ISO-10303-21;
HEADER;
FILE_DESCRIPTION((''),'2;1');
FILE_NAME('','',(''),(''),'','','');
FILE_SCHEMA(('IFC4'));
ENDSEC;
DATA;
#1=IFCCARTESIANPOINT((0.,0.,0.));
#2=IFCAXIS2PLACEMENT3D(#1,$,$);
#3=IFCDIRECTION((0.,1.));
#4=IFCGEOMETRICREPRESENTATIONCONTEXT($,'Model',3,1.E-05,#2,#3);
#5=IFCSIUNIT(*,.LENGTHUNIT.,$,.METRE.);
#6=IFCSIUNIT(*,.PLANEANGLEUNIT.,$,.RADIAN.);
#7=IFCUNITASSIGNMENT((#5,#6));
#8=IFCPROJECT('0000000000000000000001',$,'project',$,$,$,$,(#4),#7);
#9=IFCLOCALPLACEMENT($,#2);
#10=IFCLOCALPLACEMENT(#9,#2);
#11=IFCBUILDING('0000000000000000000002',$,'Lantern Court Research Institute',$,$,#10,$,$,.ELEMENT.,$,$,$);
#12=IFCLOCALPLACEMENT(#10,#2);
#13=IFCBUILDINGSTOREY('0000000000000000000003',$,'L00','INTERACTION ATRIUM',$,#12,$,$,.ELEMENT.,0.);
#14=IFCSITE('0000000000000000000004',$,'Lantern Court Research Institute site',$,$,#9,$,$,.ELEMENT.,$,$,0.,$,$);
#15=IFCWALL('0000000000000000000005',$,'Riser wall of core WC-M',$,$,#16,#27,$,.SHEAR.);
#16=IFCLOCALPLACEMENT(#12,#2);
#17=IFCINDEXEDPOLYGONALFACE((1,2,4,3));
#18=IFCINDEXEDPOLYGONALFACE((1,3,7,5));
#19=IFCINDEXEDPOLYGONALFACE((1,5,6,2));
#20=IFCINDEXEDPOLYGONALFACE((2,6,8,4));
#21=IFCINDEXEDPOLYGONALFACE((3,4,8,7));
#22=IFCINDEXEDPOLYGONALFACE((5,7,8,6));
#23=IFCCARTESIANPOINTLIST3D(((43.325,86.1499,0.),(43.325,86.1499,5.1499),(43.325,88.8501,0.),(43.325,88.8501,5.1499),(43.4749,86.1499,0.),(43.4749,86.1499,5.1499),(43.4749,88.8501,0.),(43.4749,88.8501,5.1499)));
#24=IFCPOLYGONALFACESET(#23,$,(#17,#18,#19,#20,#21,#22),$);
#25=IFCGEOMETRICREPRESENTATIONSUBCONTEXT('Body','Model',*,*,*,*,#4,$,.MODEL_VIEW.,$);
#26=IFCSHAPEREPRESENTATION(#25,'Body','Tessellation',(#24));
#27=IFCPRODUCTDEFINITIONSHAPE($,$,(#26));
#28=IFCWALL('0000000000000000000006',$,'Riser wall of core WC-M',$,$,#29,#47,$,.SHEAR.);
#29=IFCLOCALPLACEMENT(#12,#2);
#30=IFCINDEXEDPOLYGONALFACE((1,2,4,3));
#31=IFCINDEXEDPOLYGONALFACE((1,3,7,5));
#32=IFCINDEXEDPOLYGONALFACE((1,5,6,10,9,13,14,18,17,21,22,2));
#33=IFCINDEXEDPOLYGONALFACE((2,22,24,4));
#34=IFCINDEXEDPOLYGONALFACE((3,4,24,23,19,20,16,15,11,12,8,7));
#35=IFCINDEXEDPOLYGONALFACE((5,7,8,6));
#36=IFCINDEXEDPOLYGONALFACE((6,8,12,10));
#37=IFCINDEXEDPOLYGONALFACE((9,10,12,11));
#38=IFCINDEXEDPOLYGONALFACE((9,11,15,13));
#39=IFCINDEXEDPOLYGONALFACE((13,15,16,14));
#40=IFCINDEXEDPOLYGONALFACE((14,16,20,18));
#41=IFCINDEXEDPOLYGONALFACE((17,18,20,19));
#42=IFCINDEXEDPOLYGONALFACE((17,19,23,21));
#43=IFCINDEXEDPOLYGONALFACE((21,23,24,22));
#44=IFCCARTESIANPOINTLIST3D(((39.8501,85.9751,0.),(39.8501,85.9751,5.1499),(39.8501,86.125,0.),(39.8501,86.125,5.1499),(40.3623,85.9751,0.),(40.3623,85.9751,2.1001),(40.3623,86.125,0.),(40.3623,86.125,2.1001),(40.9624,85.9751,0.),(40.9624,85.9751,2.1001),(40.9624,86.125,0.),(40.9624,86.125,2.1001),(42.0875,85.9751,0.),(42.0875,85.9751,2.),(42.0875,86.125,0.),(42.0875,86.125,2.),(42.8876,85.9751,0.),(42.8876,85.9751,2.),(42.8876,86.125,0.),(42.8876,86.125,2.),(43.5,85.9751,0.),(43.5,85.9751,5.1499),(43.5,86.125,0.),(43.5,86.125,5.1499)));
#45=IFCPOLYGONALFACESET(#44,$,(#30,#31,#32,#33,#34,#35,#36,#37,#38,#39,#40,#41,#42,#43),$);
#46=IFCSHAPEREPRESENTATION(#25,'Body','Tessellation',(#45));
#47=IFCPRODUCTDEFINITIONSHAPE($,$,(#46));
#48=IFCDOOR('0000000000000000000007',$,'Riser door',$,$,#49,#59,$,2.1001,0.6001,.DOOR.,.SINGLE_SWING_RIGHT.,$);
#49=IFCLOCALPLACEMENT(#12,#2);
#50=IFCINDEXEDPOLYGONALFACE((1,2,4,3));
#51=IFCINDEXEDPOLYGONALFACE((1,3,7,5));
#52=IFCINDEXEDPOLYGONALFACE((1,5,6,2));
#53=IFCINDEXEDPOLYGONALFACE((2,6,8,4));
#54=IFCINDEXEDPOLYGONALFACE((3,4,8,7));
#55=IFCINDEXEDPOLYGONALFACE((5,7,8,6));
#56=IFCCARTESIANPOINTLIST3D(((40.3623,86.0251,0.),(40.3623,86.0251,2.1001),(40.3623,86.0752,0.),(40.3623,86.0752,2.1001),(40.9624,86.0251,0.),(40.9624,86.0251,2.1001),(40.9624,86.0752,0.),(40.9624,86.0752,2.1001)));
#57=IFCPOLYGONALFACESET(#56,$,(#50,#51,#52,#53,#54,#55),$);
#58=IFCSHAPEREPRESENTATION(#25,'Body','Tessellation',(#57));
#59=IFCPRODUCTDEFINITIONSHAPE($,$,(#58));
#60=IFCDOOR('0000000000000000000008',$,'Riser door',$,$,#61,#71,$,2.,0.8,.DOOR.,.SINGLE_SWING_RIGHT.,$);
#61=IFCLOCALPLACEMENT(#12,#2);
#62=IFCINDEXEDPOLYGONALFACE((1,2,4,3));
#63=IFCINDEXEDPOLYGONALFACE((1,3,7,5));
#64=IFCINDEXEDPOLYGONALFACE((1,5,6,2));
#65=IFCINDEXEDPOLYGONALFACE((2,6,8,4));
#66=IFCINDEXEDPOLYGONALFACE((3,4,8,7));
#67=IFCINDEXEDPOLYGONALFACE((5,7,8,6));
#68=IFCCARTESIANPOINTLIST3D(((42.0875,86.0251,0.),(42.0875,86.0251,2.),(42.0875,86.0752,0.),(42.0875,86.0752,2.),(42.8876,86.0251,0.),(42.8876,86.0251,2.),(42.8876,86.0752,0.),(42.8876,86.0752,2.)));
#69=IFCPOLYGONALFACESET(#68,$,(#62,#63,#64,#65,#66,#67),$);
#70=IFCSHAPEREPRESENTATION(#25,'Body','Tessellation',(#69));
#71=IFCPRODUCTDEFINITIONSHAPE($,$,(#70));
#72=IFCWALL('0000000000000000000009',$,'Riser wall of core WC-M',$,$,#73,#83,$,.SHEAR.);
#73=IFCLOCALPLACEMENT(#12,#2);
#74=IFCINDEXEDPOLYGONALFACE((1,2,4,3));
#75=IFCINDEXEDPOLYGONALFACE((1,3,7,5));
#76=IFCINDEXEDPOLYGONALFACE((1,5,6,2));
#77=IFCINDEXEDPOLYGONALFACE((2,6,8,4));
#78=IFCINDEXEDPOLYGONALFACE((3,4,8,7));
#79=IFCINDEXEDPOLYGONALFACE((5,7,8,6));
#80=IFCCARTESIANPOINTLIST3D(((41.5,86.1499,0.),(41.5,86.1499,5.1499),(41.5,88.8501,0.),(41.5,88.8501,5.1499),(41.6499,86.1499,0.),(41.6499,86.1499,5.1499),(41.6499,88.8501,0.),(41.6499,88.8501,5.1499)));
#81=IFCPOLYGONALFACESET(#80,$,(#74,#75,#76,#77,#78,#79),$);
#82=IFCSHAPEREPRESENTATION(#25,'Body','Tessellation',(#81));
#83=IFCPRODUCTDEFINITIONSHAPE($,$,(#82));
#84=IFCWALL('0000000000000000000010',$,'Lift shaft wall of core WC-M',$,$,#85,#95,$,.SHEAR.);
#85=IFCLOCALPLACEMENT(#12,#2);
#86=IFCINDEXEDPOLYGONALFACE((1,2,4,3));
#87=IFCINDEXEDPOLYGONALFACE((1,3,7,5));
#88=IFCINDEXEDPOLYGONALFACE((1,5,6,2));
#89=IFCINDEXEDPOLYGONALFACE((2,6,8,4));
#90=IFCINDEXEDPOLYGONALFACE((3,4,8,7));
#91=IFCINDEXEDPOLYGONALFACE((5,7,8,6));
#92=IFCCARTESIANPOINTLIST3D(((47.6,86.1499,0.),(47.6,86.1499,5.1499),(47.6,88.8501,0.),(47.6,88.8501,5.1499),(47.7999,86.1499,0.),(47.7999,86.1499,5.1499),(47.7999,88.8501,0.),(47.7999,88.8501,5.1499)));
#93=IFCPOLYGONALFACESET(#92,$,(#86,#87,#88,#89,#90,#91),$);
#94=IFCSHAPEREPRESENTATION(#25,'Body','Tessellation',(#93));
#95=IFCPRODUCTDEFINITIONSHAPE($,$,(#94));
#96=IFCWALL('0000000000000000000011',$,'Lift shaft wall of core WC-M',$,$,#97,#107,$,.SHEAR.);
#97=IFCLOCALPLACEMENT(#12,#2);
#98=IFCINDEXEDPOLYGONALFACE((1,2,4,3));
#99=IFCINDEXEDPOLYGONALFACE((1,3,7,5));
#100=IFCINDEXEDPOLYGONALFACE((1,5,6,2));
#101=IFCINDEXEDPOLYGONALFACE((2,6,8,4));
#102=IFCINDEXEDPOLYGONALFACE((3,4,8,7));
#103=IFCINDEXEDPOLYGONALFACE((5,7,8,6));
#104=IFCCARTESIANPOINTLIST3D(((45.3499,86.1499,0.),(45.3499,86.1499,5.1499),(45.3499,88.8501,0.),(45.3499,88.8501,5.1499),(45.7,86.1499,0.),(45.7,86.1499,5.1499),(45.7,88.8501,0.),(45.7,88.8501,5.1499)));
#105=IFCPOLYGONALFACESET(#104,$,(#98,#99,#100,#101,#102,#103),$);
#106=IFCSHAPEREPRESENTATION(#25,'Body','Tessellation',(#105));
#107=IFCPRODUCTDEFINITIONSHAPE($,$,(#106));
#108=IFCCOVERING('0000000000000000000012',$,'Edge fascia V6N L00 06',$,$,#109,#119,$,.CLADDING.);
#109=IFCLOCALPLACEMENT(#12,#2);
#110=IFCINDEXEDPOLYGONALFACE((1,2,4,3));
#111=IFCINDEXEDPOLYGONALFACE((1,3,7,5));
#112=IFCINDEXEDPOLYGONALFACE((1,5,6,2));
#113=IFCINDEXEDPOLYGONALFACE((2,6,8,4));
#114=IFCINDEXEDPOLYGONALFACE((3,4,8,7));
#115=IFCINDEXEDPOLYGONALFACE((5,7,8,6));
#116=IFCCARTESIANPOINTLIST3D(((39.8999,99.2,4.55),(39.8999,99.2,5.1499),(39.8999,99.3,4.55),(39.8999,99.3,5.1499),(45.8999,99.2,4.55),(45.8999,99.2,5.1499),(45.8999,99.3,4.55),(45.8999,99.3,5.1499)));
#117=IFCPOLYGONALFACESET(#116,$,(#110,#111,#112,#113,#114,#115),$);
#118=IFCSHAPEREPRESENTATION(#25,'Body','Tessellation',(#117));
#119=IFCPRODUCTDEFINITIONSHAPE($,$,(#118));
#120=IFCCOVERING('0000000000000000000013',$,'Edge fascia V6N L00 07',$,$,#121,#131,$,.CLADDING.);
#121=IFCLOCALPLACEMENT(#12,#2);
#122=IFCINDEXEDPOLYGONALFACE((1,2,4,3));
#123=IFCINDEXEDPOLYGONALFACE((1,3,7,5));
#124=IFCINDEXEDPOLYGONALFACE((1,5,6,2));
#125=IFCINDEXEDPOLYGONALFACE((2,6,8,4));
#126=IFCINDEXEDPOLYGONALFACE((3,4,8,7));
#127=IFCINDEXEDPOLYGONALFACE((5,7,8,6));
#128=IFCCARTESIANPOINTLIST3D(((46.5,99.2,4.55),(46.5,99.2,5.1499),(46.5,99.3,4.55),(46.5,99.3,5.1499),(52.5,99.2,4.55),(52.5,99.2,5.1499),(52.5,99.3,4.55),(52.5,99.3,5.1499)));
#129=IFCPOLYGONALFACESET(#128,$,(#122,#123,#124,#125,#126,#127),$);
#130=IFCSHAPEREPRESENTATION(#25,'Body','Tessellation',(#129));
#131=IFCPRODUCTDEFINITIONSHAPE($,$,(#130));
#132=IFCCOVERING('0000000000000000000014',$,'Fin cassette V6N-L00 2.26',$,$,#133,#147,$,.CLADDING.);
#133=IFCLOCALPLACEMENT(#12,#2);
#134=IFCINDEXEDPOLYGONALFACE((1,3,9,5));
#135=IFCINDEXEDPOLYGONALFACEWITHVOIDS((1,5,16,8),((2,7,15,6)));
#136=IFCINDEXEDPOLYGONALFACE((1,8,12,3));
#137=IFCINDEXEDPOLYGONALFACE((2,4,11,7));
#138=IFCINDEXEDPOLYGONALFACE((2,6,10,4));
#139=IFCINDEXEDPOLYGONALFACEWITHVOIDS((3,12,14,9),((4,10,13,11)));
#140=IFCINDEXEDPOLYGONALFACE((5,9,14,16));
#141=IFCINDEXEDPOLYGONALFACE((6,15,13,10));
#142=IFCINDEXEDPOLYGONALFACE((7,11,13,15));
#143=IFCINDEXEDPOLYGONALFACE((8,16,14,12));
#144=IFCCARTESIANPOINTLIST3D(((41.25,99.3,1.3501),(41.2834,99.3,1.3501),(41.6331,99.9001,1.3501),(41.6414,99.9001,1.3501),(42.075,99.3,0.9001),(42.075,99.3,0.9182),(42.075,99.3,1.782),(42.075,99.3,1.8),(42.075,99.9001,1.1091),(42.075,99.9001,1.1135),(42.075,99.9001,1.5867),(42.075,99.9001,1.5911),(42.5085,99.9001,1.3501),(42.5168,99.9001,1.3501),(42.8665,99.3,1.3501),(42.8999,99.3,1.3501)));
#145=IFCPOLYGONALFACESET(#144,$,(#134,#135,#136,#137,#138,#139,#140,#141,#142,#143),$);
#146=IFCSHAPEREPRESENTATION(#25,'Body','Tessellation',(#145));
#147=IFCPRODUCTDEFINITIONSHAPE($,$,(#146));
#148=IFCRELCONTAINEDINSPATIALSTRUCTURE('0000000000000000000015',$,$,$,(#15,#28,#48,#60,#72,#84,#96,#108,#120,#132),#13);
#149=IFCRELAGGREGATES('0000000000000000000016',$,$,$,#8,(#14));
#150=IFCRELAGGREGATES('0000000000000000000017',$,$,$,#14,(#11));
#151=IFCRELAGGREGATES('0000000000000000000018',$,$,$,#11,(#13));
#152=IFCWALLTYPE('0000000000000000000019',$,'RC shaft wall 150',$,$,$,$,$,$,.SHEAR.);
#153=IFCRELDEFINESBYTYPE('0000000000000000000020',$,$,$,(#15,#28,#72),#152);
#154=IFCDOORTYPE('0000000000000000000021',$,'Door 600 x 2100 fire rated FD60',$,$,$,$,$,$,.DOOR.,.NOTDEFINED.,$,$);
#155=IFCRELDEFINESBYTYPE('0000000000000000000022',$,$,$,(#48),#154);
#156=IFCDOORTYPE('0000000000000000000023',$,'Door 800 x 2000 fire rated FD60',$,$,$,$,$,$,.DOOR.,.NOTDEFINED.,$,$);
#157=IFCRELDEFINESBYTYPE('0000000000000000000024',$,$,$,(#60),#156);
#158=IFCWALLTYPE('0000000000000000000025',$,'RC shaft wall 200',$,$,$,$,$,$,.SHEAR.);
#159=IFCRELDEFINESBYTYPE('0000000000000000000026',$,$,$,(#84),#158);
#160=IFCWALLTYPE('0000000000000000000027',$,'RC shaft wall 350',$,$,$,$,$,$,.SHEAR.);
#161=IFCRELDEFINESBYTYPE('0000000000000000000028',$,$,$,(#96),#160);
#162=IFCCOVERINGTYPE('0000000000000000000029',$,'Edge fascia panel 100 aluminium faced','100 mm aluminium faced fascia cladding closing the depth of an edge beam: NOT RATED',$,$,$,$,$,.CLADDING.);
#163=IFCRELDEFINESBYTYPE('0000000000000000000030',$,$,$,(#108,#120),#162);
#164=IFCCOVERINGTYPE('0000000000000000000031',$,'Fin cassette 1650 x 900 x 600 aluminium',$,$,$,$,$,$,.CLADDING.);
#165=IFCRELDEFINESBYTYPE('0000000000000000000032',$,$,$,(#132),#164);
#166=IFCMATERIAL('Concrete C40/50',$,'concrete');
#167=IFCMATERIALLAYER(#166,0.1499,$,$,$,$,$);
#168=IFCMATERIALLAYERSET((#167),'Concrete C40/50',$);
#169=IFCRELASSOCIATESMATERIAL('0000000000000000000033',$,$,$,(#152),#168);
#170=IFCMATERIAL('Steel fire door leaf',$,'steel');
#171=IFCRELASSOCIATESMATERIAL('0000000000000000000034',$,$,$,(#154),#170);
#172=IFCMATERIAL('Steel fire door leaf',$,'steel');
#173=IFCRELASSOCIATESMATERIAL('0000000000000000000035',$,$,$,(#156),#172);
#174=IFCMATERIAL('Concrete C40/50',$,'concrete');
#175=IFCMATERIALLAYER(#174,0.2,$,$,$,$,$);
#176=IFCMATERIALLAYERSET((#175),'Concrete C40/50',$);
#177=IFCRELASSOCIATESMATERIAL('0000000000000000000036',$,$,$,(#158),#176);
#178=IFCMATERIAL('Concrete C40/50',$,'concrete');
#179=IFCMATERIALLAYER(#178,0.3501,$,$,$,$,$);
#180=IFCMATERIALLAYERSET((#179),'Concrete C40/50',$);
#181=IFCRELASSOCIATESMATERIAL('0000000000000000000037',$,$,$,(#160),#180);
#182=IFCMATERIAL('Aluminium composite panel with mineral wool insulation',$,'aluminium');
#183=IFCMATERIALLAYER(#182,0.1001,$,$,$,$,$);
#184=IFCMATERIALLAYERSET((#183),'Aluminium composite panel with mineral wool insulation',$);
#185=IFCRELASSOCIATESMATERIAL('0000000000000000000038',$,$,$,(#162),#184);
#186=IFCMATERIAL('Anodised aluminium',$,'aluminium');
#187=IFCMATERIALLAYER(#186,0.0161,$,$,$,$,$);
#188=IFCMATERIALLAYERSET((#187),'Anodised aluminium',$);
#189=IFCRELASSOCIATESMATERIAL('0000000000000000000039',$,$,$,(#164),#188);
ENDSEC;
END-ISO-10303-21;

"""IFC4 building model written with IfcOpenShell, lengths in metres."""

from ifc_helpers import new_model, entity, si_unit, direction, frame, frame_2d, origin, place, context, subcontext, project, spatial, rectangle, extrude, material, layer, layer_set, type_object, element, fill, save


model = new_model("IFC4")

# Units and contexts
model_context = context("Model", 3, precision=1e-05, world=origin(), true_north=direction((0.0, 1.0)))
body_context = subcontext(model_context, "Body", "Model", "MODEL_VIEW")
ifc_project = project(units=[si_unit("LENGTHUNIT", "METRE"), si_unit("PLANEANGLEUNIT", "RADIAN")], contexts=[model_context])

# Site, building, storey
site_placement = place(None, origin())
site = spatial("IfcSite", under=ifc_project, at=site_placement, Name="Lantern Court Research Institute site", CompositionType="ELEMENT", RefElevation=0.0)
building_placement = place(site_placement, origin())
building = spatial("IfcBuilding", under=site, at=building_placement, Name="Lantern Court Research Institute", CompositionType="ELEMENT")
storey_placement = place(building_placement, origin())
storey = spatial("IfcBuildingStorey", under=building, at=storey_placement, Name="L00", Description="INTERACTION ATRIUM", CompositionType="ELEMENT", Elevation=0.0)

# Wall
ifc_material_1 = material(Name="Concrete C40/50", Category="concrete")
ifc_layer_1 = layer(ifc_material_1, 0.1499)
ifc_layer_set_1 = layer_set([ifc_layer_1], Name="Concrete C40/50")
wall_type_1 = type_object("IfcWallType", Name="RC shaft wall 150", PredefinedType="SHEAR", material=ifc_layer_set_1)
wall_1_placement = place(storey_placement, frame((43.3999, 88.8501, 0.0), z_axis=(0.0, 0.0, 1.0), x_axis=(0.0, -1.0, 0.0)))
element("IfcWall", 1, at=wall_1_placement, inside=storey, type_object=wall_type_1, Name="Riser wall of core WC-M", PredefinedType="SHEAR", context=body_context, shape_type="SweptSolid", body=[
    extrude(rectangle(XDim=2.7002, YDim=0.1499, at=frame_2d((1.3501, 0.0))), origin(), (0.0, 0.0, 1.0), 5.1499),
])

# Wall, openings, doors
wall_2_placement = place(storey_placement, frame((43.5, 86.05, 0.0), z_axis=(0.0, 0.0, 1.0), x_axis=(-1.0, 0.0, 0.0)))
wall_2 = element("IfcWall", 2, at=wall_2_placement, inside=storey, type_object=wall_type_1, Name="Riser wall of core WC-M", PredefinedType="SHEAR", context=body_context, shape_type="SweptSolid", body=[
    extrude(rectangle(XDim=3.6499, YDim=0.1499, at=frame_2d((1.825, 0.0))), origin(), (0.0, 0.0, 1.0), 5.1499),
])
opening_1_placement = place(wall_2_placement, frame((0.6125, 0.0, 0.0)))
opening_1 = element("IfcOpeningElement", 3, at=opening_1_placement, cuts=wall_2, PredefinedType="OPENING", context=body_context, shape_type="SweptSolid", body=[
    extrude(rectangle(XDim=0.8, YDim=2.0, at=frame_2d((0.3999, 1.0))), frame((0.0, 0.085, 0.0), z_axis=(0.0, -1.0, 0.0), x_axis=(1.0, 0.0, 0.0)), (0.0, 0.0, 1.0), 0.1699),
])
opening_2_placement = place(wall_2_placement, frame((2.5376, 0.0, 0.0)))
opening_2 = element("IfcOpeningElement", 4, at=opening_2_placement, cuts=wall_2, PredefinedType="OPENING", context=body_context, shape_type="SweptSolid", body=[
    extrude(rectangle(XDim=0.6001, YDim=2.1001, at=frame_2d((0.3, 1.05))), frame((0.0, 0.085, 0.0), z_axis=(0.0, -1.0, 0.0), x_axis=(1.0, 0.0, 0.0)), (0.0, 0.0, 1.0), 0.1699),
])
ifc_material_2 = material(Name="Steel fire door leaf", Category="steel")
door_type_1 = type_object("IfcDoorType", Name="Door 600 x 2100 fire rated FD60", OperationType="NOTDEFINED", PredefinedType="DOOR", material=ifc_material_2)
door_1_placement = place(opening_2_placement, origin())
door_1 = element("IfcDoor", 5, at=door_1_placement, inside=storey, type_object=door_type_1, Name="Riser door", OperationType="SINGLE_SWING_RIGHT", OverallHeight=2.1001, OverallWidth=0.6001, PredefinedType="DOOR", context=body_context, shape_type="SweptSolid", body=[
    extrude(rectangle(XDim=0.6001, YDim=2.1001, at=frame_2d((0.3, 1.05))), frame((0.0, 0.0249, 0.0), z_axis=(0.0, -1.0, 0.0), x_axis=(1.0, 0.0, 0.0)), (0.0, 0.0, 1.0), 0.05),
])
fill(opening_2, door_1)
ifc_material_3 = material(Name="Steel fire door leaf", Category="steel")
door_type_2 = type_object("IfcDoorType", Name="Door 800 x 2000 fire rated FD60", OperationType="NOTDEFINED", PredefinedType="DOOR", material=ifc_material_3)
door_2_placement = place(opening_1_placement, origin())
door_2 = element("IfcDoor", 6, at=door_2_placement, inside=storey, type_object=door_type_2, Name="Riser door", OperationType="SINGLE_SWING_RIGHT", OverallHeight=2.0, OverallWidth=0.8, PredefinedType="DOOR", context=body_context, shape_type="SweptSolid", body=[
    extrude(rectangle(XDim=0.8, YDim=2.0, at=frame_2d((0.3999, 1.0))), frame((0.0, 0.0249, 0.0), z_axis=(0.0, -1.0, 0.0), x_axis=(1.0, 0.0, 0.0)), (0.0, 0.0, 1.0), 0.05),
])
fill(opening_1, door_2)

# Walls
wall_3_placement = place(storey_placement, frame((41.575, 88.8501, 0.0), z_axis=(0.0, 0.0, 1.0), x_axis=(0.0, -1.0, 0.0)))
element("IfcWall", 7, at=wall_3_placement, inside=storey, type_object=wall_type_1, Name="Riser wall of core WC-M", PredefinedType="SHEAR", context=body_context, shape_type="SweptSolid", body=[
    extrude(rectangle(XDim=2.7002, YDim=0.1499, at=frame_2d((1.3501, 0.0))), origin(), (0.0, 0.0, 1.0), 5.1499),
])
ifc_material_4 = material(Name="Concrete C40/50", Category="concrete")
ifc_layer_2 = layer(ifc_material_4, 0.2)
ifc_layer_set_2 = layer_set([ifc_layer_2], Name="Concrete C40/50")
wall_type_2 = type_object("IfcWallType", Name="RC shaft wall 200", PredefinedType="SHEAR", material=ifc_layer_set_2)
wall_4_placement = place(storey_placement, frame((47.7, 88.8501, 0.0), z_axis=(0.0, 0.0, 1.0), x_axis=(0.0, -1.0, 0.0)))
element("IfcWall", 8, at=wall_4_placement, inside=storey, type_object=wall_type_2, Name="Lift shaft wall of core WC-M", PredefinedType="SHEAR", context=body_context, shape_type="SweptSolid", body=[
    extrude(rectangle(XDim=2.7002, YDim=0.2, at=frame_2d((1.3501, 0.0))), origin(), (0.0, 0.0, 1.0), 5.1499),
])
ifc_material_5 = material(Name="Concrete C40/50", Category="concrete")
ifc_layer_3 = layer(ifc_material_5, 0.3501)
ifc_layer_set_3 = layer_set([ifc_layer_3], Name="Concrete C40/50")
wall_type_3 = type_object("IfcWallType", Name="RC shaft wall 350", PredefinedType="SHEAR", material=ifc_layer_set_3)
wall_5_placement = place(storey_placement, frame((45.5249, 88.8501, 0.0), z_axis=(0.0, 0.0, 1.0), x_axis=(0.0, -1.0, 0.0)))
element("IfcWall", 9, at=wall_5_placement, inside=storey, type_object=wall_type_3, Name="Lift shaft wall of core WC-M", PredefinedType="SHEAR", context=body_context, shape_type="SweptSolid", body=[
    extrude(rectangle(XDim=2.7002, YDim=0.3501, at=frame_2d((1.3501, 0.0))), origin(), (0.0, 0.0, 1.0), 5.1499),
])

# Coverings
ifc_material_6 = material(Name="Aluminium composite panel with mineral wool insulation", Category="aluminium")
ifc_layer_4 = layer(ifc_material_6, 0.1001)
ifc_layer_set_4 = layer_set([ifc_layer_4], Name="Aluminium composite panel with mineral wool insulation")
covering_type_1 = type_object("IfcCoveringType", Name="Edge fascia panel 100 aluminium faced", Description="100 mm aluminium faced fascia cladding closing the depth of an edge beam: NOT RATED", PredefinedType="CLADDING", material=ifc_layer_set_4)
for number, where, z_axis, x_axis, name in (
    (10, (39.8999, 99.25, 4.55), (0.0, 0.0, 1.0), (1.0, 0.0, 0.0), "Edge fascia V6N L00 06"),
    (11, (46.5, 99.25, 4.55), (0.0, 0.0, 1.0), (1.0, 0.0, 0.0), "Edge fascia V6N L00 07"),
):
    element("IfcCovering", number, at=place(storey_placement, frame(where, z_axis=z_axis, x_axis=x_axis)), inside=storey, type_object=covering_type_1, Name=name, PredefinedType="CLADDING", context=body_context, shape_type="SweptSolid", body=[
        extrude(rectangle(XDim=6.0, YDim=0.1001, at=frame_2d((3.0, 0.0))), origin(), (0.0, 0.0, 1.0), 0.5999),
    ])
ifc_material_7 = material(Name="Anodised aluminium", Category="aluminium")
ifc_layer_5 = layer(ifc_material_7, 0.0161)
ifc_layer_set_5 = layer_set([ifc_layer_5], Name="Anodised aluminium")
covering_type_2 = type_object("IfcCoveringType", Name="Fin cassette 1650 x 900 x 600 aluminium", PredefinedType="CLADDING", material=ifc_layer_set_5)
covering_1_placement = place(storey_placement, frame((42.075, 99.3, 1.3501), z_axis=(0.0, 1.0, 0.0), x_axis=(-1.0, 0.0, 0.0)))
cartesian_point_1 = entity("IfcCartesianPoint", [0.825, 0.0])
cartesian_point_2 = entity("IfcCartesianPoint", [0.7915, 0.0])
cartesian_point_3 = entity("IfcCartesianPoint", [0.4419, 0.0])
cartesian_point_4 = entity("IfcCartesianPoint", [0.4336, 0.0])
element("IfcCovering", 12, at=covering_1_placement, inside=storey, type_object=covering_type_2, Name="Fin cassette V6N-L00 2.26", PredefinedType="CLADDING", context=body_context, shape_type="SweptSolid", body=[
    entity("IfcExtrudedAreaSolidTapered", entity("IfcArbitraryProfileDefWithVoids", "AREA", None, entity("IfcPolyline", [cartesian_point_1, entity("IfcCartesianPoint", [0.0, 0.45]), entity("IfcCartesianPoint", [-0.825, 0.0]), entity("IfcCartesianPoint", [0.0, -0.45]), cartesian_point_1]), [entity("IfcPolyline", [cartesian_point_2, entity("IfcCartesianPoint", [0.0, 0.4319]), entity("IfcCartesianPoint", [-0.7915, 0.0]), entity("IfcCartesianPoint", [0.0, -0.4319]), cartesian_point_2])]), entity("IfcAxis2Placement3D", entity("IfcCartesianPoint", [0.0, 0.0, 0.0])), entity("IfcDirection", [0.0, 0.0, 1.0]), 0.6001, entity("IfcArbitraryProfileDefWithVoids", "AREA", None, entity("IfcPolyline", [cartesian_point_3, entity("IfcCartesianPoint", [0.0, 0.241]), entity("IfcCartesianPoint", [-0.4419, 0.0]), entity("IfcCartesianPoint", [0.0, -0.241]), cartesian_point_3]), [entity("IfcPolyline", [cartesian_point_4, entity("IfcCartesianPoint", [0.0, 0.2366]), entity("IfcCartesianPoint", [-0.4336, 0.0]), entity("IfcCartesianPoint", [0.0, -0.2366]), cartesian_point_4])])),
])

save(model, "model.ifc")
